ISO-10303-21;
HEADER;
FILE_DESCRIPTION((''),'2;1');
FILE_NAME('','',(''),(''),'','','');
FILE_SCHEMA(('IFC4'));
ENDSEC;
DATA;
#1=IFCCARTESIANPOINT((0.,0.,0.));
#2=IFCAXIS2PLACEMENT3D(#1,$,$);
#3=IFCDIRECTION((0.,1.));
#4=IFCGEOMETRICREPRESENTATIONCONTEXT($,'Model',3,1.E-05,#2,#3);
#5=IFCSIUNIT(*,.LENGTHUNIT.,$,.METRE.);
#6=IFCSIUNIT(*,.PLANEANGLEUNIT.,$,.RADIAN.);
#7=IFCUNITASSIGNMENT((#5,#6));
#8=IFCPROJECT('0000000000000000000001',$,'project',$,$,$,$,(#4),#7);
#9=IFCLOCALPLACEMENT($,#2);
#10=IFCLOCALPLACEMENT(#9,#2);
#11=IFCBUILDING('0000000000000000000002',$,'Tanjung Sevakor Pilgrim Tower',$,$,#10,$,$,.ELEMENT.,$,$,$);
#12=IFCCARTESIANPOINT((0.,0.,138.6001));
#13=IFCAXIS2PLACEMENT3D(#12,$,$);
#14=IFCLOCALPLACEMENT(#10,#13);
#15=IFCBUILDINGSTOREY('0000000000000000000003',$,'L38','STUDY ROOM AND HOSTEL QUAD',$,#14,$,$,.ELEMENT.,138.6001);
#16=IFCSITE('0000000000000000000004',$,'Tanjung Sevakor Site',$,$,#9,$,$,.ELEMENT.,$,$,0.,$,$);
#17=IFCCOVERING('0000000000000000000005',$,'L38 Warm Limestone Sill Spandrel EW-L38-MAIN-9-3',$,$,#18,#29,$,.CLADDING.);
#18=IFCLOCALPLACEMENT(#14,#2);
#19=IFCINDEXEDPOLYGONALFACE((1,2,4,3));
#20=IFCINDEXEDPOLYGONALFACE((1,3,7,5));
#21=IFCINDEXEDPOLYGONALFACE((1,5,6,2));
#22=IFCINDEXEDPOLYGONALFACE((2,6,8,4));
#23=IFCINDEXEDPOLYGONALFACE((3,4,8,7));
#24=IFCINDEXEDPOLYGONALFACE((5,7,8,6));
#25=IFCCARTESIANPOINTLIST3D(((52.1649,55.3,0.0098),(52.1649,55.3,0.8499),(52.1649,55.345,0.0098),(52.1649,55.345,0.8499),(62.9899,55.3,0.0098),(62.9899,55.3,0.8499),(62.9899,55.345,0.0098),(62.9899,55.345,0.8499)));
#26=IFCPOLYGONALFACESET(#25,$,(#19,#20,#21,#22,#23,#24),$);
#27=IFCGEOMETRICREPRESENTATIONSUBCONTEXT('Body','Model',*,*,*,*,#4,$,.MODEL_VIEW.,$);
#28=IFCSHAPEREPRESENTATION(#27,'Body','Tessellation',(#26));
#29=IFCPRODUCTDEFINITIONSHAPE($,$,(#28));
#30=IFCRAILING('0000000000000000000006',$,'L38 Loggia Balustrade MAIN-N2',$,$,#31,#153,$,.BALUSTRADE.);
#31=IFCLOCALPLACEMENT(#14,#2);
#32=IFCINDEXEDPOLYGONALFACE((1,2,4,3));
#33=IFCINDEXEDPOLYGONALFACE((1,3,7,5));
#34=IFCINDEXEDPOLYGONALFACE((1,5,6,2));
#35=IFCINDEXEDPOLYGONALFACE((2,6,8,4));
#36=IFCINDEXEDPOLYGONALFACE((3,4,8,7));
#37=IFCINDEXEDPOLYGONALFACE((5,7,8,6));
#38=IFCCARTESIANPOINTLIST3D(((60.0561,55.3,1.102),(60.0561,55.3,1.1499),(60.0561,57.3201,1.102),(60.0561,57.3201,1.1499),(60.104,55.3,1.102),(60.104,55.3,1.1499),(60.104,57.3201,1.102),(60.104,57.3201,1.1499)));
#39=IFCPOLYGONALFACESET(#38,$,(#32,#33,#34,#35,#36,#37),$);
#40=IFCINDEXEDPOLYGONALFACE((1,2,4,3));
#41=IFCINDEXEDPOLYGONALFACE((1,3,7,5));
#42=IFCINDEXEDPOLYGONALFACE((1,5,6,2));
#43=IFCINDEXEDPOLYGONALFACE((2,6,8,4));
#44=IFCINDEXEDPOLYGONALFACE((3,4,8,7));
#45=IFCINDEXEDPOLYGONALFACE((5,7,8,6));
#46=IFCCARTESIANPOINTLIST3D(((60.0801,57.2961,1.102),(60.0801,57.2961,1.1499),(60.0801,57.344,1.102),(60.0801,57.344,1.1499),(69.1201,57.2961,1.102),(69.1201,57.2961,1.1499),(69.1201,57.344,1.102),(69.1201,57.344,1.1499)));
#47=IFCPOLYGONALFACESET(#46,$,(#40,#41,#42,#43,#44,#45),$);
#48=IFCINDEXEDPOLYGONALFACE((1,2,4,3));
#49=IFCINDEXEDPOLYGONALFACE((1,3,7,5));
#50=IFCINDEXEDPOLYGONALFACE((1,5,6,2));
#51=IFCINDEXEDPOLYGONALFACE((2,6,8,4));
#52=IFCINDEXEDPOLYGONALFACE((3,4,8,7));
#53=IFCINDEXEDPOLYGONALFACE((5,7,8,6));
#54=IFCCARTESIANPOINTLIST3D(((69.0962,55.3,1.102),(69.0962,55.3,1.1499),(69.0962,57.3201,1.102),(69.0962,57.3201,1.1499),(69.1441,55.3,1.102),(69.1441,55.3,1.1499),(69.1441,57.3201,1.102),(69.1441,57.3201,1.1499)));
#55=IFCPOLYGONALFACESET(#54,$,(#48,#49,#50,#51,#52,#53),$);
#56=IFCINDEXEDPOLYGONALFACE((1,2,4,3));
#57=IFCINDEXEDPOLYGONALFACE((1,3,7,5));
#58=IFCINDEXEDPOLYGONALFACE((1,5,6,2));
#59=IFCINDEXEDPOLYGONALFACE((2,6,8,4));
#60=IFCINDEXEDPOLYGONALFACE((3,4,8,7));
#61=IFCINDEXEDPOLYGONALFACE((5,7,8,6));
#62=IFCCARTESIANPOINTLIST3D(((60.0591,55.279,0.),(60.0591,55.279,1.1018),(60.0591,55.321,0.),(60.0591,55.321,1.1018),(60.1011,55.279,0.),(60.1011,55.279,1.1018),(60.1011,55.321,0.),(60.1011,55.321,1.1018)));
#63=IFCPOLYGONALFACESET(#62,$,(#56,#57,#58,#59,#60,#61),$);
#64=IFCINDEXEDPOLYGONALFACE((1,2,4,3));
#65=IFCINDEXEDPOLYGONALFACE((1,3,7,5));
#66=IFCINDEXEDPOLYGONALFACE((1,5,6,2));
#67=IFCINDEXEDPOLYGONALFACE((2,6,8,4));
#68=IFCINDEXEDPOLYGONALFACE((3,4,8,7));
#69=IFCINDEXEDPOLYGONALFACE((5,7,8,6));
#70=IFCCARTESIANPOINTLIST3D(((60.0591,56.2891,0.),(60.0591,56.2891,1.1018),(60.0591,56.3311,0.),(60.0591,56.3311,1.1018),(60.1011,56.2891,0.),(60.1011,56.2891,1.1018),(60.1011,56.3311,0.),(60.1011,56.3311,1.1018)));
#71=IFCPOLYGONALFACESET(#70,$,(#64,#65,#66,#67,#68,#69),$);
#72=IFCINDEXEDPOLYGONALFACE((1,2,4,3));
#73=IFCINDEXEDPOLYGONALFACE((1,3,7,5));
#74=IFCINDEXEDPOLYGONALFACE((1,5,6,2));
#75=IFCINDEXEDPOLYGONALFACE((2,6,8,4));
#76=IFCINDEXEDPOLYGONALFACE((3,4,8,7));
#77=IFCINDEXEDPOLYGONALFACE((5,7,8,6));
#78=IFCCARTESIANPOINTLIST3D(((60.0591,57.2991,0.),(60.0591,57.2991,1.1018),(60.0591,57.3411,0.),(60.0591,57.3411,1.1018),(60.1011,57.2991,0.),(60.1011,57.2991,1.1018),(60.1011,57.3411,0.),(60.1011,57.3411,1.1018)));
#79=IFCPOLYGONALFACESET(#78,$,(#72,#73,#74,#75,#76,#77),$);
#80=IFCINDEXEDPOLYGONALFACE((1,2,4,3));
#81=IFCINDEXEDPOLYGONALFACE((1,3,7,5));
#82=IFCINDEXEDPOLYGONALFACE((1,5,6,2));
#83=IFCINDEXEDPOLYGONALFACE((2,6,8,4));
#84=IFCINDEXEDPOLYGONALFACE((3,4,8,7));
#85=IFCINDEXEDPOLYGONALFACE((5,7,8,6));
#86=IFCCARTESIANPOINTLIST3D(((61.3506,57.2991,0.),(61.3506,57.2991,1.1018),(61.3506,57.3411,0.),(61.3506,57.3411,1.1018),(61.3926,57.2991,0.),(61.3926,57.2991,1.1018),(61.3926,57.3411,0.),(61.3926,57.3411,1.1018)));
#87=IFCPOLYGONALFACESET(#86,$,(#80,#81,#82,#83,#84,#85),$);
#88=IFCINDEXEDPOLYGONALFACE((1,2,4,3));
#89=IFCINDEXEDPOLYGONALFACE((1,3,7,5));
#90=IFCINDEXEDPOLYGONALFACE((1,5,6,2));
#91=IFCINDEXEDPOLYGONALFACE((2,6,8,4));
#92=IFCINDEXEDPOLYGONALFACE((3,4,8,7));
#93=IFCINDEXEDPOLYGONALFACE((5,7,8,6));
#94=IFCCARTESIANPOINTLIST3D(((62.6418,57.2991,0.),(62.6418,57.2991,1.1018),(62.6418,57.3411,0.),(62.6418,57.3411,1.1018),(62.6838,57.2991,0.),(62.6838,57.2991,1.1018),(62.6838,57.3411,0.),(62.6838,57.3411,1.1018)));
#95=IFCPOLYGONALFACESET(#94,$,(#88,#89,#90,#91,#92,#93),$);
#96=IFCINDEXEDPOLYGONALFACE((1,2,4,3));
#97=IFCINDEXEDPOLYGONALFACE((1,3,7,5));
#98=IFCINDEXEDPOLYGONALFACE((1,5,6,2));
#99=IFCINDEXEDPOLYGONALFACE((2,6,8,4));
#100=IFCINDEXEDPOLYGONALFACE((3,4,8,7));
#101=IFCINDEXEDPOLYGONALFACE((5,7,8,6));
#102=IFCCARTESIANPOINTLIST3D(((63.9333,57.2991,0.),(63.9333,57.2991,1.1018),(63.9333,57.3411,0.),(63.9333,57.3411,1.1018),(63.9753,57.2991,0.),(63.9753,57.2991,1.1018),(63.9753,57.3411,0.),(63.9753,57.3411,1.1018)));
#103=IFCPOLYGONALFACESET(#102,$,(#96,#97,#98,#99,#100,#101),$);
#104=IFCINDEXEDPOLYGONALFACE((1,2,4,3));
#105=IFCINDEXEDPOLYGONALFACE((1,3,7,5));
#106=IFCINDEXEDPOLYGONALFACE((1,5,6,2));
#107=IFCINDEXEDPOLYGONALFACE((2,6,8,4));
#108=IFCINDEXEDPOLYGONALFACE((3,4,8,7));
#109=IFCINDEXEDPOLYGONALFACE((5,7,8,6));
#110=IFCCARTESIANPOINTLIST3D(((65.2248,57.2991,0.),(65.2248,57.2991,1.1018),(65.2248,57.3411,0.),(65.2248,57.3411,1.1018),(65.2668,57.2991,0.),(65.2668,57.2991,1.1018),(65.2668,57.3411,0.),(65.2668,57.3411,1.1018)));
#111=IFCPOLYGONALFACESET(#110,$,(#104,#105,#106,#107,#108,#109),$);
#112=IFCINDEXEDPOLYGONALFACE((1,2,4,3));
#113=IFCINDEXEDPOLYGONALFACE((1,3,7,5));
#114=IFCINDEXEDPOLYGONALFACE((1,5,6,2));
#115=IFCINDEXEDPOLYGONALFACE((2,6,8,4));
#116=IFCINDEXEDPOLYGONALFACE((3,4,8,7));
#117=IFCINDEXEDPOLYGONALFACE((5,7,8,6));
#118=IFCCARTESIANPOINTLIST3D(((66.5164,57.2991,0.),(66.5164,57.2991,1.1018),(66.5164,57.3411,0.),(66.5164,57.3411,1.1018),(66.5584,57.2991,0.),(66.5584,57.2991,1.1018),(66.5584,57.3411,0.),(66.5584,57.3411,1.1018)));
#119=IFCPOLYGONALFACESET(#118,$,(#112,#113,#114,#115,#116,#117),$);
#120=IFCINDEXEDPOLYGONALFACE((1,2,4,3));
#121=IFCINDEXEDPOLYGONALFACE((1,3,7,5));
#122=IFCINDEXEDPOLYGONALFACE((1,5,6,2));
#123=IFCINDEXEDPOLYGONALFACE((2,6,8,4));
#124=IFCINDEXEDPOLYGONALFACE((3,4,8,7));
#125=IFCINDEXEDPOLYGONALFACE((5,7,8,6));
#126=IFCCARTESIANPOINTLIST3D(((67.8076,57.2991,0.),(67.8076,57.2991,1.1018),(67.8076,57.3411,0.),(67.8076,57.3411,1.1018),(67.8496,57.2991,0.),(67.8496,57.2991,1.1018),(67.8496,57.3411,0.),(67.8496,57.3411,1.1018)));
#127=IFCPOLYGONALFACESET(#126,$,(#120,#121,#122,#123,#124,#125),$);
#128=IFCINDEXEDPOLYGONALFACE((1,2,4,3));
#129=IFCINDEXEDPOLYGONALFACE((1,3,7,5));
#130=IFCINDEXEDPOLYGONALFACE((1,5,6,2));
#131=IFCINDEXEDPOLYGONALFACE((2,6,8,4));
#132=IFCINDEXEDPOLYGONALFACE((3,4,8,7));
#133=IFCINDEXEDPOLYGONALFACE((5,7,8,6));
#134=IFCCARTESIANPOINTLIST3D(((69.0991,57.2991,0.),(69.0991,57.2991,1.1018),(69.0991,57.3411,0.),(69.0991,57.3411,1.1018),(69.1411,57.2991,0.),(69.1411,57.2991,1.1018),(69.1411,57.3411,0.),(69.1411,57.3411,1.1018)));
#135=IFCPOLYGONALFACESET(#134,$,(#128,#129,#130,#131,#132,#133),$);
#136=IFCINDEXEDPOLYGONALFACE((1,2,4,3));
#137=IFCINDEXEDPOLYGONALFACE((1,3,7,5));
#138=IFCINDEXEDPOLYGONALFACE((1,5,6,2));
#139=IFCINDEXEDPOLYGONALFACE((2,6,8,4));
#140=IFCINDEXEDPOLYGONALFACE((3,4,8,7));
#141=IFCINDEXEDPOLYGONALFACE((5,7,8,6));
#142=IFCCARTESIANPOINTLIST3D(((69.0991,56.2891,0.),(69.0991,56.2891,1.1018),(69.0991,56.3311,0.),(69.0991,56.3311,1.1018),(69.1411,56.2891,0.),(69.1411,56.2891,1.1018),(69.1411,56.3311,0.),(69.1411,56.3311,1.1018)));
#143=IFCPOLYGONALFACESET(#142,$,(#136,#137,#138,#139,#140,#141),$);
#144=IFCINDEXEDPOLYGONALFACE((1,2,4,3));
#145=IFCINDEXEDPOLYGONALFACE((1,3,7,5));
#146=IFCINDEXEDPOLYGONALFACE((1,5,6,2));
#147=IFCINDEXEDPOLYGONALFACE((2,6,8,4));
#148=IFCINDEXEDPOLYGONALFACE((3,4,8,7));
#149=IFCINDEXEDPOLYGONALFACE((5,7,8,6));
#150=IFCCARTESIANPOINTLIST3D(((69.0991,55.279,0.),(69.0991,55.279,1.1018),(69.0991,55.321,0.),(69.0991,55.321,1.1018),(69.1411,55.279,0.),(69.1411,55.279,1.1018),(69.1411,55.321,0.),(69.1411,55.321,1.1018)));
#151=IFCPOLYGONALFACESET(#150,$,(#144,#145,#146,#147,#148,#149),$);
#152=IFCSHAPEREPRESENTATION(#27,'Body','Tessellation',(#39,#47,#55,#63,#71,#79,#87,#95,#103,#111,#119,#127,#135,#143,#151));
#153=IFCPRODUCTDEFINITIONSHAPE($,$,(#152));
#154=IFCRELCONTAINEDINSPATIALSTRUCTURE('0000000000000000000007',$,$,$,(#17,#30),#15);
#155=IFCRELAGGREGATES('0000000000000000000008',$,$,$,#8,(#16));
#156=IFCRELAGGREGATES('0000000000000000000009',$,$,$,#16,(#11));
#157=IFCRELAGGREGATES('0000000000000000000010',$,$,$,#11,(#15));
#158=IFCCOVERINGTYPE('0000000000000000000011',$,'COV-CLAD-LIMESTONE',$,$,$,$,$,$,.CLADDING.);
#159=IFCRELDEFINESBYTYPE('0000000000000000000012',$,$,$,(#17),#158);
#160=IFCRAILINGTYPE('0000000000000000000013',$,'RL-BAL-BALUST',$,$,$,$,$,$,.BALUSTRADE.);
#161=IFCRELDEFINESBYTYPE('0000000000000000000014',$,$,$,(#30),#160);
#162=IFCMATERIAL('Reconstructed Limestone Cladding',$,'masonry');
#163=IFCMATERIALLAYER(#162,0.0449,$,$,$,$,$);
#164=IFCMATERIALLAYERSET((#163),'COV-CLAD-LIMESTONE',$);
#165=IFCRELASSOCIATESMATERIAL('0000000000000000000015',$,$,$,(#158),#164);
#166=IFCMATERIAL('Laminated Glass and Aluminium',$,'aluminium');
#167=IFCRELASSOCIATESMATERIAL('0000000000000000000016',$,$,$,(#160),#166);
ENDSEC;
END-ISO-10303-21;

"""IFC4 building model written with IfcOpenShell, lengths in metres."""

from ifc_helpers import new_model, si_unit, direction, frame, origin, origin_2d, place, context, subcontext, project, spatial, rectangle, extrude, material, layer, layer_set, type_object, element, save


model = new_model("IFC4")

# Units and contexts
model_context = context("Model", 3, precision=1e-05, world=origin(), true_north=direction((0.0, 1.0)))
body_context = subcontext(model_context, "Body", "Model", "MODEL_VIEW")
ifc_project = project(units=[si_unit("LENGTHUNIT", "METRE"), si_unit("PLANEANGLEUNIT", "RADIAN")], contexts=[model_context])

# Site, building, storey
site_placement = place(None, origin())
site = spatial("IfcSite", under=ifc_project, at=site_placement, Name="Tanjung Sevakor Site", CompositionType="ELEMENT", RefElevation=0.0)
building_placement = place(site_placement, origin())
building = spatial("IfcBuilding", under=site, at=building_placement, Name="Tanjung Sevakor Pilgrim Tower", CompositionType="ELEMENT")
storey_placement = place(building_placement, frame((0.0, 0.0, 138.6001)))
storey = spatial("IfcBuildingStorey", under=building, at=storey_placement, Name="L38", Description="STUDY ROOM AND HOSTEL QUAD", CompositionType="ELEMENT", Elevation=138.6001)

# Covering
ifc_material_1 = material(Name="Reconstructed Limestone Cladding", Category="masonry")
ifc_layer_1 = layer(ifc_material_1, 0.0449)
ifc_layer_set_1 = layer_set([ifc_layer_1], Name="COV-CLAD-LIMESTONE")
covering_type = type_object("IfcCoveringType", Name="COV-CLAD-LIMESTONE", PredefinedType="CLADDING", material=ifc_layer_set_1)
covering_placement = place(storey_placement, frame((57.5774, 55.3225, 0.0098), z_axis=(0.0, 0.0, 1.0), x_axis=(-1.0, 0.0, 0.0)))
element("IfcCovering", 1, at=covering_placement, inside=storey, type_object=covering_type, Name="L38 Warm Limestone Sill Spandrel EW-L38-MAIN-9-3", PredefinedType="CLADDING", context=body_context, shape_type="SweptSolid", body=[
    extrude(rectangle(XDim=10.825, YDim=0.0449, at=origin_2d()), origin(), (0.0, 0.0, 1.0), 0.8401),
])

# Railing
ifc_material_2 = material(Name="Laminated Glass and Aluminium", Category="aluminium")
railing_type = type_object("IfcRailingType", Name="RL-BAL-BALUST", PredefinedType="BALUSTRADE", material=ifc_material_2)
railing_placement = place(storey_placement, frame((60.0801, 55.3, 0.0)))
element("IfcRailing", 2, at=railing_placement, inside=storey, type_object=railing_type, Name="L38 Loggia Balustrade MAIN-N2", PredefinedType="BALUSTRADE", context=body_context, shape_type="SweptSolid", body=[
    extrude(rectangle(XDim=0.0479, YDim=0.0479), frame((0.0, 0.0, 1.126), z_axis=(0.0, 1.0, 0.0), x_axis=(-1.0, 0.0, 0.0)), (0.0, 0.0, 1.0), 2.02),
    extrude(rectangle(XDim=0.0479, YDim=0.0479), frame((0.0, 2.02, 1.126), z_axis=(1.0, 0.0, 0.0), x_axis=(0.0, 1.0, 0.0)), (0.0, 0.0, 1.0), 9.04),
    extrude(rectangle(XDim=0.0479, YDim=0.0479), frame((9.04, 2.02, 1.126), z_axis=(0.0, -1.0, 0.0), x_axis=(1.0, 0.0, 0.0)), (0.0, 0.0, 1.0), 2.02),
    extrude(rectangle(XDim=0.042, YDim=0.042), origin(), (0.0, 0.0, 1.0), 1.1018),
    extrude(rectangle(XDim=0.042, YDim=0.042), frame((0.0, 1.01, 0.0)), (0.0, 0.0, 1.0), 1.1018),
    extrude(rectangle(XDim=0.042, YDim=0.042), frame((0.0, 2.02, 0.0)), (0.0, 0.0, 1.0), 1.1018),
    extrude(rectangle(XDim=0.042, YDim=0.042), frame((1.2915, 2.02, 0.0)), (0.0, 0.0, 1.0), 1.1018),
    extrude(rectangle(XDim=0.042, YDim=0.042), frame((2.5828, 2.02, 0.0)), (0.0, 0.0, 1.0), 1.1018),
    extrude(rectangle(XDim=0.042, YDim=0.042), frame((3.8743, 2.02, 0.0)), (0.0, 0.0, 1.0), 1.1018),
    extrude(rectangle(XDim=0.042, YDim=0.042), frame((5.1658, 2.02, 0.0)), (0.0, 0.0, 1.0), 1.1018),
    extrude(rectangle(XDim=0.042, YDim=0.042), frame((6.4573, 2.02, 0.0)), (0.0, 0.0, 1.0), 1.1018),
    extrude(rectangle(XDim=0.042, YDim=0.042), frame((7.7485, 2.02, 0.0)), (0.0, 0.0, 1.0), 1.1018),
    extrude(rectangle(XDim=0.042, YDim=0.042), frame((9.04, 2.02, 0.0)), (0.0, 0.0, 1.0), 1.1018),
    extrude(rectangle(XDim=0.042, YDim=0.042), frame((9.04, 1.01, 0.0)), (0.0, 0.0, 1.0), 1.1018),
    extrude(rectangle(XDim=0.042, YDim=0.042), frame((9.04, 0.0, 0.0)), (0.0, 0.0, 1.0), 1.1018),
])

save(model, "model.ifc")
